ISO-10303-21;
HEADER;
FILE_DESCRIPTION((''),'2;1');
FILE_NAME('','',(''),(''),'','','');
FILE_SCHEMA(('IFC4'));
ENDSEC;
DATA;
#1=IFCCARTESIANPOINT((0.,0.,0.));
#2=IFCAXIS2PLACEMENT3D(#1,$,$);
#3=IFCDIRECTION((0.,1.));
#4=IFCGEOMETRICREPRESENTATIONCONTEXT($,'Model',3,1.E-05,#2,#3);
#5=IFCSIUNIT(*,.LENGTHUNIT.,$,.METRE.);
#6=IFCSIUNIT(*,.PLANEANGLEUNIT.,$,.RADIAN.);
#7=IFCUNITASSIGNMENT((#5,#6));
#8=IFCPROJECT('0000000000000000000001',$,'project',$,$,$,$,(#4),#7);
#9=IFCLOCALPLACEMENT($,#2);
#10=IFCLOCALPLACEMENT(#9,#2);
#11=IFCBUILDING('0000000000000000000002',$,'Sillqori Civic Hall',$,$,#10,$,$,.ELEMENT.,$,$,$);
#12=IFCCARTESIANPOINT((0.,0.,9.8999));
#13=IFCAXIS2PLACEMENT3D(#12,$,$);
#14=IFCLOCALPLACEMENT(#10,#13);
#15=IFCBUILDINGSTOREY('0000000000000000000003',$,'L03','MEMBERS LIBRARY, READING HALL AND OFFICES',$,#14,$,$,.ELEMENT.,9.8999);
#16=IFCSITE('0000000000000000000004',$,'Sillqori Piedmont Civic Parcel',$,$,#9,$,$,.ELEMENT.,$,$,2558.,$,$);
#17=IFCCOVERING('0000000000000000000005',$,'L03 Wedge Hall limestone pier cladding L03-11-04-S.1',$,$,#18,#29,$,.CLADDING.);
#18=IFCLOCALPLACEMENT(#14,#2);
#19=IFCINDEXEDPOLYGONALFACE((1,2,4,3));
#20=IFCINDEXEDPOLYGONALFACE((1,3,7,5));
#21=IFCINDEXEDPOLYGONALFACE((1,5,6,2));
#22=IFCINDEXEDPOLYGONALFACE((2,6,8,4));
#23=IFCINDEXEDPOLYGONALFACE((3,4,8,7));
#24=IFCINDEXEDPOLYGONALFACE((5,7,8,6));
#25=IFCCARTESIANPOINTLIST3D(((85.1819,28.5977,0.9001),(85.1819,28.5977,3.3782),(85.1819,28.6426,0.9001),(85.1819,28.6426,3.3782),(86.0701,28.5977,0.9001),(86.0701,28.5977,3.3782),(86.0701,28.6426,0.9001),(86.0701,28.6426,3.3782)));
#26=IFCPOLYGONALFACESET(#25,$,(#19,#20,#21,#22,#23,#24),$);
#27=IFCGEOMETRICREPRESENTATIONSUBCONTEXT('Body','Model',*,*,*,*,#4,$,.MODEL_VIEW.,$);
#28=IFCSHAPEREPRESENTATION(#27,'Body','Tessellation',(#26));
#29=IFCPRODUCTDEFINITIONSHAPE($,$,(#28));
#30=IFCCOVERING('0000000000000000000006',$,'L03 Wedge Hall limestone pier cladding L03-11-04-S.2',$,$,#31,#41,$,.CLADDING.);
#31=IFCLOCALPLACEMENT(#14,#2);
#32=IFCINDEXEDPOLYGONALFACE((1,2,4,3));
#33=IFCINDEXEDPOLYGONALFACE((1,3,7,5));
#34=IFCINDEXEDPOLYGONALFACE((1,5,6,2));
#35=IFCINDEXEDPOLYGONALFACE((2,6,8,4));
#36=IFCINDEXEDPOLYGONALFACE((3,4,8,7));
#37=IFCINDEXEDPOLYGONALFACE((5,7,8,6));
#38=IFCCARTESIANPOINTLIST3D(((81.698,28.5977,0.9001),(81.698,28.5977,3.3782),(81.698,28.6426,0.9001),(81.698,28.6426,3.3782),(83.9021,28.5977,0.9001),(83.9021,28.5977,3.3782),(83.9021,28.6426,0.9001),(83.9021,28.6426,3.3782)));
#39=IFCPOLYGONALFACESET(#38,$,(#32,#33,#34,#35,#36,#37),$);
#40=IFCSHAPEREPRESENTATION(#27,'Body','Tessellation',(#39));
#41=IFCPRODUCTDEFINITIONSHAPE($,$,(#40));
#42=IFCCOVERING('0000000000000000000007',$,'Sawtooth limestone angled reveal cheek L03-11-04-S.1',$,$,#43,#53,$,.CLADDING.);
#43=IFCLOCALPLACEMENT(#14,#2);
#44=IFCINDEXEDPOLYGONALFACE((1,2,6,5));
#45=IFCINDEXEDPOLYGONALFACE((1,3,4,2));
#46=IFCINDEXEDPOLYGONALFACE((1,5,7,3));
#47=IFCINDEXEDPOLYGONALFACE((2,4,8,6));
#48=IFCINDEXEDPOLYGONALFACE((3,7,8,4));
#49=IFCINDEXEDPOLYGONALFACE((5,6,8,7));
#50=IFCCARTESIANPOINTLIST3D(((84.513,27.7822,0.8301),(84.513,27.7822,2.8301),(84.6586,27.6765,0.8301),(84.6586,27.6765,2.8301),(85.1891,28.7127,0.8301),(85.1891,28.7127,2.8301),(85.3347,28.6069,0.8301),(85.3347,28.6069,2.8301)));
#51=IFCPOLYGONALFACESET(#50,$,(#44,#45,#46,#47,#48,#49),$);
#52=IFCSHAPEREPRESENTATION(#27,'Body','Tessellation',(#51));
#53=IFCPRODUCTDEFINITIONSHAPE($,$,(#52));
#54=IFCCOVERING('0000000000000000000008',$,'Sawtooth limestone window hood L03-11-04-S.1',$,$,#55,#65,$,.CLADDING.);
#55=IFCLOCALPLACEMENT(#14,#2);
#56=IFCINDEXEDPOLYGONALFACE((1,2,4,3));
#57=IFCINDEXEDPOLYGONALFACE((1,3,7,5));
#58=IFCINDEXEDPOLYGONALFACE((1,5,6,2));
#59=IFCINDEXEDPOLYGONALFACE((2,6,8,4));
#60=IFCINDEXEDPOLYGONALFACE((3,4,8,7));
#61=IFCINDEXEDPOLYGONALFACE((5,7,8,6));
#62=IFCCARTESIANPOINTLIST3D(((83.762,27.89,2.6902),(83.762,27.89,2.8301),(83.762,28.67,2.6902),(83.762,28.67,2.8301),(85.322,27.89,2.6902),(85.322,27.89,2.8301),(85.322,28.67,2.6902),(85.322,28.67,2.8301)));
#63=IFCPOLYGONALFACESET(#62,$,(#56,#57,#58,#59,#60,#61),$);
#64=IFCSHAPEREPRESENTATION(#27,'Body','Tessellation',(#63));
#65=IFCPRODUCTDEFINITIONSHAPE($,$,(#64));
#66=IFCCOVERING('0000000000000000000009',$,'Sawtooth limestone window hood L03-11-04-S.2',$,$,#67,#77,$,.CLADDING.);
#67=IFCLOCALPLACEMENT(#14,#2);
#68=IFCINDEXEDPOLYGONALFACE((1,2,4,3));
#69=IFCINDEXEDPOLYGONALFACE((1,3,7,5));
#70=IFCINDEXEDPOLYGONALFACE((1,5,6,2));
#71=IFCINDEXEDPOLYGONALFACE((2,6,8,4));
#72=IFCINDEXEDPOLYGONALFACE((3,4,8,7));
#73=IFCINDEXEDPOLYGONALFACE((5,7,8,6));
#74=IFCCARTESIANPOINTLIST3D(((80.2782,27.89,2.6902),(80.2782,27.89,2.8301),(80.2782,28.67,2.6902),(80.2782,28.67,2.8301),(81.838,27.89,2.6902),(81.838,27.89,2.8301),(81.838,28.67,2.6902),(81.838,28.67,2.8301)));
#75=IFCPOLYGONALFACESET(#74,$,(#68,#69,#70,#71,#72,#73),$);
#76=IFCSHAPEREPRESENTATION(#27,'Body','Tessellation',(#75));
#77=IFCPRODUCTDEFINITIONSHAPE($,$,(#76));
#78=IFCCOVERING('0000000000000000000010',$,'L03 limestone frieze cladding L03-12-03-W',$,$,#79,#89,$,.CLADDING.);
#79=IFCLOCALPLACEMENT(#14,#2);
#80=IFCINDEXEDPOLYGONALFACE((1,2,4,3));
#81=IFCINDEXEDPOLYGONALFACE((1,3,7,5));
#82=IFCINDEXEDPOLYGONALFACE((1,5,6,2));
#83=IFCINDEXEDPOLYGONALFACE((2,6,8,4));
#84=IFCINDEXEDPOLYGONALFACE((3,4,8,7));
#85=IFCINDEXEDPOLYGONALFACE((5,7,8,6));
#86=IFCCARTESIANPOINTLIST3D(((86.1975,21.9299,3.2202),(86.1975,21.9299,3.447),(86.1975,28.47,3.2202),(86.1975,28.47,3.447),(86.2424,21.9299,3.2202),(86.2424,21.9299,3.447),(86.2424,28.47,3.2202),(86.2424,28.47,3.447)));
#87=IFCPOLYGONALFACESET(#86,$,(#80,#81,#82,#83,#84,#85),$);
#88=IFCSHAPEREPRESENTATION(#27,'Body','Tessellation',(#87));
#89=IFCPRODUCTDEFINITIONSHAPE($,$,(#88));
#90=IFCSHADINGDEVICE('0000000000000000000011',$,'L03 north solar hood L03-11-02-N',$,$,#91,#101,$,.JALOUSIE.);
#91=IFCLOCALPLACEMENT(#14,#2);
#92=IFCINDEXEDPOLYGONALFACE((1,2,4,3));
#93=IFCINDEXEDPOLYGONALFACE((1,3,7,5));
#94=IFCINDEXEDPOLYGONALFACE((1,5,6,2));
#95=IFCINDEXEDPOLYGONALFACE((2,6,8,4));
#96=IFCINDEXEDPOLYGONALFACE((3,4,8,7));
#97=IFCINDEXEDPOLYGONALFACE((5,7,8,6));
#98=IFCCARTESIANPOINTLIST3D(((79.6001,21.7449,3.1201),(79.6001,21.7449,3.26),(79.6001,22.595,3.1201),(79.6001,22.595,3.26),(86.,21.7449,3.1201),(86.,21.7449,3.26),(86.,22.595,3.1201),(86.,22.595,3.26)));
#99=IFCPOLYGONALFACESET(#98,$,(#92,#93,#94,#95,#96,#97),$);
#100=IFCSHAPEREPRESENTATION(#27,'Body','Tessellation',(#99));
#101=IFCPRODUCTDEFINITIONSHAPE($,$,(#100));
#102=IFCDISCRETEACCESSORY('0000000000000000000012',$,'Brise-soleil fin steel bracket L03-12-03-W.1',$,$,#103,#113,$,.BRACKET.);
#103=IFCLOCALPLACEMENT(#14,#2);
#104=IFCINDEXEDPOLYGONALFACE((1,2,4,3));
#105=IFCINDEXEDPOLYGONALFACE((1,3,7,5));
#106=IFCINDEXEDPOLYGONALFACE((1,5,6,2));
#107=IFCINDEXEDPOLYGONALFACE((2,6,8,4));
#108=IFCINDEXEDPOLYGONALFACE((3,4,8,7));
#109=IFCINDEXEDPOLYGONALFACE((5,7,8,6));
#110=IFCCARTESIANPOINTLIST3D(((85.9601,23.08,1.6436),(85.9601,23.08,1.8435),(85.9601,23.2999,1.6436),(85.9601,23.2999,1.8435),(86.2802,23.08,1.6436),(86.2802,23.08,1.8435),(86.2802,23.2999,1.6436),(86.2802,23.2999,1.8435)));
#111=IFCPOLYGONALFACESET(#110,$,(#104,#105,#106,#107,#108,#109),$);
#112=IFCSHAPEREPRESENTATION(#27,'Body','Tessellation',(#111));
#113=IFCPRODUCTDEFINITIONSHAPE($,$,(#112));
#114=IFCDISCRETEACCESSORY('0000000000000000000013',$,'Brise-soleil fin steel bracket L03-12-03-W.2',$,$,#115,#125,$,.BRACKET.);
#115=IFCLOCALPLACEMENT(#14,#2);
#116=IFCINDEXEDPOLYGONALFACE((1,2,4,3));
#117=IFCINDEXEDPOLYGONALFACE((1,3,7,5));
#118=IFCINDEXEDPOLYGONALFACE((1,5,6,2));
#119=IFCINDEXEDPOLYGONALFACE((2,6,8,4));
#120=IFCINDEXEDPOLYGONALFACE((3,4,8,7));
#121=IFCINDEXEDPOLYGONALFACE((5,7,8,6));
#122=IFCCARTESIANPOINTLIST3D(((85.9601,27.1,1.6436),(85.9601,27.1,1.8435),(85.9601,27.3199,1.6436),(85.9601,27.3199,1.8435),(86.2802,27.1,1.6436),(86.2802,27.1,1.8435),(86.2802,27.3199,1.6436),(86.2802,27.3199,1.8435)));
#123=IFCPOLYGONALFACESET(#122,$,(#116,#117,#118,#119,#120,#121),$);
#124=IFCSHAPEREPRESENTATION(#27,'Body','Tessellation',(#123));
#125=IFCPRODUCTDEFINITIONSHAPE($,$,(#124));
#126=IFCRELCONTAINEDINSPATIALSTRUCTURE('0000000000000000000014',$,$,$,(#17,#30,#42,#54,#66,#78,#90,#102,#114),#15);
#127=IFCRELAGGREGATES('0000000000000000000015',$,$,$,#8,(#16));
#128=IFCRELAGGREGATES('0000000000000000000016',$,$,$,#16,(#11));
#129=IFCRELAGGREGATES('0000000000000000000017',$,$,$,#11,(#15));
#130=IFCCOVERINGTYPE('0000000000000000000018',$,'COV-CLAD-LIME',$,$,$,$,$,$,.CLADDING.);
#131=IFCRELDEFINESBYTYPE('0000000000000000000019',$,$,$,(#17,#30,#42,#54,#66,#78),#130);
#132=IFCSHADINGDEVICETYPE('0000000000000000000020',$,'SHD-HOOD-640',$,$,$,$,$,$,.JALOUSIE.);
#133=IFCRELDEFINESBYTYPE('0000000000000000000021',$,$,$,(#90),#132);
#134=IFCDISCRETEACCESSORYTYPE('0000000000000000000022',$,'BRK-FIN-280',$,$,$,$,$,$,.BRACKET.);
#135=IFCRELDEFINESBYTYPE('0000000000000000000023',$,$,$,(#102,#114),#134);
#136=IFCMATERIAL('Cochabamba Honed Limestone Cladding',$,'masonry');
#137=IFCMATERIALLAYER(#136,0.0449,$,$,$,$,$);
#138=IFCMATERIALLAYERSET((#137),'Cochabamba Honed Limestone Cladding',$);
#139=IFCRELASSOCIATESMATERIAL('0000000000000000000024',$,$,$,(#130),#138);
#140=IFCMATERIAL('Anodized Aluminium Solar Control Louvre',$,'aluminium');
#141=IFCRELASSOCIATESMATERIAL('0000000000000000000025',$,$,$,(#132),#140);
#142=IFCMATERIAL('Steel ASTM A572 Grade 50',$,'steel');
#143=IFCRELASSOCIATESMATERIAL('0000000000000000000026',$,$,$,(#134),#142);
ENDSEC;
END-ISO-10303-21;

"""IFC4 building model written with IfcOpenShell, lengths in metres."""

from ifc_helpers import new_model, si_unit, direction, frame, frame_2d, origin, origin_2d, place, context, subcontext, project, spatial, rectangle, extrude, material, layer, layer_set, type_object, element, save


model = new_model("IFC4")

# Units and contexts
model_context = context("Model", 3, precision=1e-05, world=origin(), true_north=direction((0.0, 1.0)))
body_context = subcontext(model_context, "Body", "Model", "MODEL_VIEW")
ifc_project = project(units=[si_unit("LENGTHUNIT", "METRE"), si_unit("PLANEANGLEUNIT", "RADIAN")], contexts=[model_context])

# Site, building, storey
site_placement = place(None, origin())
site = spatial("IfcSite", under=ifc_project, at=site_placement, Name="Sillqori Piedmont Civic Parcel", CompositionType="ELEMENT", RefElevation=2558.0)
building_placement = place(site_placement, origin())
building = spatial("IfcBuilding", under=site, at=building_placement, Name="Sillqori Civic Hall", CompositionType="ELEMENT")
storey_placement = place(building_placement, frame((0.0, 0.0, 9.8999)))
storey = spatial("IfcBuildingStorey", under=building, at=storey_placement, Name="L03", Description="MEMBERS LIBRARY, READING HALL AND OFFICES", CompositionType="ELEMENT", Elevation=9.8999)

# Coverings
ifc_material_1 = material(Name="Cochabamba Honed Limestone Cladding", Category="masonry")
ifc_layer_1 = layer(ifc_material_1, 0.0449)
ifc_layer_set_1 = layer_set([ifc_layer_1], Name="Cochabamba Honed Limestone Cladding")
covering_type = type_object("IfcCoveringType", Name="COV-CLAD-LIME", PredefinedType="CLADDING", material=ifc_layer_set_1)
covering_1_placement = place(storey_placement, frame((86.0701, 28.6201, 0.9001), z_axis=(0.0, 0.0, 1.0), x_axis=(-1.0, 0.0, 0.0)))
element("IfcCovering", 1, at=covering_1_placement, inside=storey, type_object=covering_type, Name="L03 Wedge Hall limestone pier cladding L03-11-04-S.1", PredefinedType="CLADDING", context=body_context, shape_type="SweptSolid", body=[
    extrude(rectangle(XDim=0.8882, YDim=0.0449, at=frame_2d((0.4441, 0.0))), origin(), (0.0, 0.0, 1.0), 2.478),
])
covering_2_placement = place(storey_placement, frame((83.9021, 28.6201, 0.9001), z_axis=(0.0, 0.0, 1.0), x_axis=(-1.0, 0.0, 0.0)))
element("IfcCovering", 2, at=covering_2_placement, inside=storey, type_object=covering_type, Name="L03 Wedge Hall limestone pier cladding L03-11-04-S.2", PredefinedType="CLADDING", context=body_context, shape_type="SweptSolid", body=[
    extrude(rectangle(XDim=2.2041, YDim=0.0449, at=frame_2d((1.1021, 0.0))), origin(), (0.0, 0.0, 1.0), 2.478),
])
covering_3_placement = place(storey_placement, frame((85.262, 28.6599, 0.8301), z_axis=(0.0, 0.0, 1.0), x_axis=(-0.587806, -0.809002, 0.0)))
element("IfcCovering", 3, at=covering_3_placement, inside=storey, type_object=covering_type, Name="Sawtooth limestone angled reveal cheek L03-11-04-S.1", PredefinedType="CLADDING", context=body_context, shape_type="SweptSolid", body=[
    extrude(rectangle(XDim=1.1501, YDim=0.1799, at=frame_2d((0.5752, 0.0))), origin(), (0.0, 0.0, 1.0), 2.0),
])
covering_4_placement = place(storey_placement, frame((85.322, 28.28, 2.6902), z_axis=(0.0, 0.0, 1.0), x_axis=(-1.0, 0.0, 0.0)))
element("IfcCovering", 4, at=covering_4_placement, inside=storey, type_object=covering_type, Name="Sawtooth limestone window hood L03-11-04-S.1", PredefinedType="CLADDING", context=body_context, shape_type="SweptSolid", body=[
    extrude(rectangle(XDim=1.5601, YDim=0.78, at=frame_2d((0.78, 0.0))), origin(), (0.0, 0.0, 1.0), 0.1399),
])
covering_5_placement = place(storey_placement, frame((81.8379, 28.28, 2.6902), z_axis=(0.0, 0.0, 1.0), x_axis=(-1.0, 0.0, 0.0)))
element("IfcCovering", 5, at=covering_5_placement, inside=storey, type_object=covering_type, Name="Sawtooth limestone window hood L03-11-04-S.2", PredefinedType="CLADDING", context=body_context, shape_type="SweptSolid", body=[
    extrude(rectangle(XDim=1.5598, YDim=0.78, at=frame_2d((0.7798, 0.0))), origin(), (0.0, 0.0, 1.0), 0.1399),
])
covering_6_placement = place(storey_placement, frame((86.22, 21.9299, 3.2202), z_axis=(0.0, 0.0, 1.0), x_axis=(0.0, 1.0, 0.0)))
element("IfcCovering", 6, at=covering_6_placement, inside=storey, type_object=covering_type, Name="L03 limestone frieze cladding L03-12-03-W", PredefinedType="CLADDING", context=body_context, shape_type="SweptSolid", body=[
    extrude(rectangle(XDim=6.54, YDim=0.0449, at=frame_2d((3.27, 0.0))), origin(), (0.0, 0.0, 1.0), 0.2268),
])

# Shading device
ifc_material_2 = material(Name="Anodized Aluminium Solar Control Louvre", Category="aluminium")
shading_device_type = type_object("IfcShadingDeviceType", Name="SHD-HOOD-640", PredefinedType="JALOUSIE", material=ifc_material_2)
shading_device_placement = place(storey_placement, frame((82.8, 22.1699, 3.1201), z_axis=(0.0, 0.0, 1.0), x_axis=(1.0, 0.0, 0.0)))
element("IfcShadingDevice", 7, at=shading_device_placement, inside=storey, type_object=shading_device_type, Name="L03 north solar hood L03-11-02-N", PredefinedType="JALOUSIE", context=body_context, shape_type="SweptSolid", body=[
    extrude(rectangle(XDim=6.3999, YDim=0.8501, at=origin_2d()), origin(), (0.0, 0.0, 1.0), 0.1399),
])

# Discrete accessories
ifc_material_3 = material(Name="Steel ASTM A572 Grade 50", Category="steel")
discrete_accessory_type = type_object("IfcDiscreteAccessoryType", Name="BRK-FIN-280", PredefinedType="BRACKET", material=ifc_material_3)
for number, where, z_axis, x_axis, name in (
    (8, (86.1201, 23.1899, 1.6436), (0.0, 0.0, 1.0), (0.0, 1.0, 0.0), "Brise-soleil fin steel bracket L03-12-03-W.1"),
    (9, (86.1201, 27.21, 1.6436), (0.0, 0.0, 1.0), (0.0, 1.0, 0.0), "Brise-soleil fin steel bracket L03-12-03-W.2"),
):
    element("IfcDiscreteAccessory", number, at=place(storey_placement, frame(where, z_axis=z_axis, x_axis=x_axis)), inside=storey, type_object=discrete_accessory_type, Name=name, PredefinedType="BRACKET", context=body_context, shape_type="SweptSolid", body=[
        extrude(rectangle(XDim=0.22, YDim=0.3201, at=origin_2d()), origin(), (0.0, 0.0, 1.0), 0.2),
    ])

save(model, "model.ifc")
